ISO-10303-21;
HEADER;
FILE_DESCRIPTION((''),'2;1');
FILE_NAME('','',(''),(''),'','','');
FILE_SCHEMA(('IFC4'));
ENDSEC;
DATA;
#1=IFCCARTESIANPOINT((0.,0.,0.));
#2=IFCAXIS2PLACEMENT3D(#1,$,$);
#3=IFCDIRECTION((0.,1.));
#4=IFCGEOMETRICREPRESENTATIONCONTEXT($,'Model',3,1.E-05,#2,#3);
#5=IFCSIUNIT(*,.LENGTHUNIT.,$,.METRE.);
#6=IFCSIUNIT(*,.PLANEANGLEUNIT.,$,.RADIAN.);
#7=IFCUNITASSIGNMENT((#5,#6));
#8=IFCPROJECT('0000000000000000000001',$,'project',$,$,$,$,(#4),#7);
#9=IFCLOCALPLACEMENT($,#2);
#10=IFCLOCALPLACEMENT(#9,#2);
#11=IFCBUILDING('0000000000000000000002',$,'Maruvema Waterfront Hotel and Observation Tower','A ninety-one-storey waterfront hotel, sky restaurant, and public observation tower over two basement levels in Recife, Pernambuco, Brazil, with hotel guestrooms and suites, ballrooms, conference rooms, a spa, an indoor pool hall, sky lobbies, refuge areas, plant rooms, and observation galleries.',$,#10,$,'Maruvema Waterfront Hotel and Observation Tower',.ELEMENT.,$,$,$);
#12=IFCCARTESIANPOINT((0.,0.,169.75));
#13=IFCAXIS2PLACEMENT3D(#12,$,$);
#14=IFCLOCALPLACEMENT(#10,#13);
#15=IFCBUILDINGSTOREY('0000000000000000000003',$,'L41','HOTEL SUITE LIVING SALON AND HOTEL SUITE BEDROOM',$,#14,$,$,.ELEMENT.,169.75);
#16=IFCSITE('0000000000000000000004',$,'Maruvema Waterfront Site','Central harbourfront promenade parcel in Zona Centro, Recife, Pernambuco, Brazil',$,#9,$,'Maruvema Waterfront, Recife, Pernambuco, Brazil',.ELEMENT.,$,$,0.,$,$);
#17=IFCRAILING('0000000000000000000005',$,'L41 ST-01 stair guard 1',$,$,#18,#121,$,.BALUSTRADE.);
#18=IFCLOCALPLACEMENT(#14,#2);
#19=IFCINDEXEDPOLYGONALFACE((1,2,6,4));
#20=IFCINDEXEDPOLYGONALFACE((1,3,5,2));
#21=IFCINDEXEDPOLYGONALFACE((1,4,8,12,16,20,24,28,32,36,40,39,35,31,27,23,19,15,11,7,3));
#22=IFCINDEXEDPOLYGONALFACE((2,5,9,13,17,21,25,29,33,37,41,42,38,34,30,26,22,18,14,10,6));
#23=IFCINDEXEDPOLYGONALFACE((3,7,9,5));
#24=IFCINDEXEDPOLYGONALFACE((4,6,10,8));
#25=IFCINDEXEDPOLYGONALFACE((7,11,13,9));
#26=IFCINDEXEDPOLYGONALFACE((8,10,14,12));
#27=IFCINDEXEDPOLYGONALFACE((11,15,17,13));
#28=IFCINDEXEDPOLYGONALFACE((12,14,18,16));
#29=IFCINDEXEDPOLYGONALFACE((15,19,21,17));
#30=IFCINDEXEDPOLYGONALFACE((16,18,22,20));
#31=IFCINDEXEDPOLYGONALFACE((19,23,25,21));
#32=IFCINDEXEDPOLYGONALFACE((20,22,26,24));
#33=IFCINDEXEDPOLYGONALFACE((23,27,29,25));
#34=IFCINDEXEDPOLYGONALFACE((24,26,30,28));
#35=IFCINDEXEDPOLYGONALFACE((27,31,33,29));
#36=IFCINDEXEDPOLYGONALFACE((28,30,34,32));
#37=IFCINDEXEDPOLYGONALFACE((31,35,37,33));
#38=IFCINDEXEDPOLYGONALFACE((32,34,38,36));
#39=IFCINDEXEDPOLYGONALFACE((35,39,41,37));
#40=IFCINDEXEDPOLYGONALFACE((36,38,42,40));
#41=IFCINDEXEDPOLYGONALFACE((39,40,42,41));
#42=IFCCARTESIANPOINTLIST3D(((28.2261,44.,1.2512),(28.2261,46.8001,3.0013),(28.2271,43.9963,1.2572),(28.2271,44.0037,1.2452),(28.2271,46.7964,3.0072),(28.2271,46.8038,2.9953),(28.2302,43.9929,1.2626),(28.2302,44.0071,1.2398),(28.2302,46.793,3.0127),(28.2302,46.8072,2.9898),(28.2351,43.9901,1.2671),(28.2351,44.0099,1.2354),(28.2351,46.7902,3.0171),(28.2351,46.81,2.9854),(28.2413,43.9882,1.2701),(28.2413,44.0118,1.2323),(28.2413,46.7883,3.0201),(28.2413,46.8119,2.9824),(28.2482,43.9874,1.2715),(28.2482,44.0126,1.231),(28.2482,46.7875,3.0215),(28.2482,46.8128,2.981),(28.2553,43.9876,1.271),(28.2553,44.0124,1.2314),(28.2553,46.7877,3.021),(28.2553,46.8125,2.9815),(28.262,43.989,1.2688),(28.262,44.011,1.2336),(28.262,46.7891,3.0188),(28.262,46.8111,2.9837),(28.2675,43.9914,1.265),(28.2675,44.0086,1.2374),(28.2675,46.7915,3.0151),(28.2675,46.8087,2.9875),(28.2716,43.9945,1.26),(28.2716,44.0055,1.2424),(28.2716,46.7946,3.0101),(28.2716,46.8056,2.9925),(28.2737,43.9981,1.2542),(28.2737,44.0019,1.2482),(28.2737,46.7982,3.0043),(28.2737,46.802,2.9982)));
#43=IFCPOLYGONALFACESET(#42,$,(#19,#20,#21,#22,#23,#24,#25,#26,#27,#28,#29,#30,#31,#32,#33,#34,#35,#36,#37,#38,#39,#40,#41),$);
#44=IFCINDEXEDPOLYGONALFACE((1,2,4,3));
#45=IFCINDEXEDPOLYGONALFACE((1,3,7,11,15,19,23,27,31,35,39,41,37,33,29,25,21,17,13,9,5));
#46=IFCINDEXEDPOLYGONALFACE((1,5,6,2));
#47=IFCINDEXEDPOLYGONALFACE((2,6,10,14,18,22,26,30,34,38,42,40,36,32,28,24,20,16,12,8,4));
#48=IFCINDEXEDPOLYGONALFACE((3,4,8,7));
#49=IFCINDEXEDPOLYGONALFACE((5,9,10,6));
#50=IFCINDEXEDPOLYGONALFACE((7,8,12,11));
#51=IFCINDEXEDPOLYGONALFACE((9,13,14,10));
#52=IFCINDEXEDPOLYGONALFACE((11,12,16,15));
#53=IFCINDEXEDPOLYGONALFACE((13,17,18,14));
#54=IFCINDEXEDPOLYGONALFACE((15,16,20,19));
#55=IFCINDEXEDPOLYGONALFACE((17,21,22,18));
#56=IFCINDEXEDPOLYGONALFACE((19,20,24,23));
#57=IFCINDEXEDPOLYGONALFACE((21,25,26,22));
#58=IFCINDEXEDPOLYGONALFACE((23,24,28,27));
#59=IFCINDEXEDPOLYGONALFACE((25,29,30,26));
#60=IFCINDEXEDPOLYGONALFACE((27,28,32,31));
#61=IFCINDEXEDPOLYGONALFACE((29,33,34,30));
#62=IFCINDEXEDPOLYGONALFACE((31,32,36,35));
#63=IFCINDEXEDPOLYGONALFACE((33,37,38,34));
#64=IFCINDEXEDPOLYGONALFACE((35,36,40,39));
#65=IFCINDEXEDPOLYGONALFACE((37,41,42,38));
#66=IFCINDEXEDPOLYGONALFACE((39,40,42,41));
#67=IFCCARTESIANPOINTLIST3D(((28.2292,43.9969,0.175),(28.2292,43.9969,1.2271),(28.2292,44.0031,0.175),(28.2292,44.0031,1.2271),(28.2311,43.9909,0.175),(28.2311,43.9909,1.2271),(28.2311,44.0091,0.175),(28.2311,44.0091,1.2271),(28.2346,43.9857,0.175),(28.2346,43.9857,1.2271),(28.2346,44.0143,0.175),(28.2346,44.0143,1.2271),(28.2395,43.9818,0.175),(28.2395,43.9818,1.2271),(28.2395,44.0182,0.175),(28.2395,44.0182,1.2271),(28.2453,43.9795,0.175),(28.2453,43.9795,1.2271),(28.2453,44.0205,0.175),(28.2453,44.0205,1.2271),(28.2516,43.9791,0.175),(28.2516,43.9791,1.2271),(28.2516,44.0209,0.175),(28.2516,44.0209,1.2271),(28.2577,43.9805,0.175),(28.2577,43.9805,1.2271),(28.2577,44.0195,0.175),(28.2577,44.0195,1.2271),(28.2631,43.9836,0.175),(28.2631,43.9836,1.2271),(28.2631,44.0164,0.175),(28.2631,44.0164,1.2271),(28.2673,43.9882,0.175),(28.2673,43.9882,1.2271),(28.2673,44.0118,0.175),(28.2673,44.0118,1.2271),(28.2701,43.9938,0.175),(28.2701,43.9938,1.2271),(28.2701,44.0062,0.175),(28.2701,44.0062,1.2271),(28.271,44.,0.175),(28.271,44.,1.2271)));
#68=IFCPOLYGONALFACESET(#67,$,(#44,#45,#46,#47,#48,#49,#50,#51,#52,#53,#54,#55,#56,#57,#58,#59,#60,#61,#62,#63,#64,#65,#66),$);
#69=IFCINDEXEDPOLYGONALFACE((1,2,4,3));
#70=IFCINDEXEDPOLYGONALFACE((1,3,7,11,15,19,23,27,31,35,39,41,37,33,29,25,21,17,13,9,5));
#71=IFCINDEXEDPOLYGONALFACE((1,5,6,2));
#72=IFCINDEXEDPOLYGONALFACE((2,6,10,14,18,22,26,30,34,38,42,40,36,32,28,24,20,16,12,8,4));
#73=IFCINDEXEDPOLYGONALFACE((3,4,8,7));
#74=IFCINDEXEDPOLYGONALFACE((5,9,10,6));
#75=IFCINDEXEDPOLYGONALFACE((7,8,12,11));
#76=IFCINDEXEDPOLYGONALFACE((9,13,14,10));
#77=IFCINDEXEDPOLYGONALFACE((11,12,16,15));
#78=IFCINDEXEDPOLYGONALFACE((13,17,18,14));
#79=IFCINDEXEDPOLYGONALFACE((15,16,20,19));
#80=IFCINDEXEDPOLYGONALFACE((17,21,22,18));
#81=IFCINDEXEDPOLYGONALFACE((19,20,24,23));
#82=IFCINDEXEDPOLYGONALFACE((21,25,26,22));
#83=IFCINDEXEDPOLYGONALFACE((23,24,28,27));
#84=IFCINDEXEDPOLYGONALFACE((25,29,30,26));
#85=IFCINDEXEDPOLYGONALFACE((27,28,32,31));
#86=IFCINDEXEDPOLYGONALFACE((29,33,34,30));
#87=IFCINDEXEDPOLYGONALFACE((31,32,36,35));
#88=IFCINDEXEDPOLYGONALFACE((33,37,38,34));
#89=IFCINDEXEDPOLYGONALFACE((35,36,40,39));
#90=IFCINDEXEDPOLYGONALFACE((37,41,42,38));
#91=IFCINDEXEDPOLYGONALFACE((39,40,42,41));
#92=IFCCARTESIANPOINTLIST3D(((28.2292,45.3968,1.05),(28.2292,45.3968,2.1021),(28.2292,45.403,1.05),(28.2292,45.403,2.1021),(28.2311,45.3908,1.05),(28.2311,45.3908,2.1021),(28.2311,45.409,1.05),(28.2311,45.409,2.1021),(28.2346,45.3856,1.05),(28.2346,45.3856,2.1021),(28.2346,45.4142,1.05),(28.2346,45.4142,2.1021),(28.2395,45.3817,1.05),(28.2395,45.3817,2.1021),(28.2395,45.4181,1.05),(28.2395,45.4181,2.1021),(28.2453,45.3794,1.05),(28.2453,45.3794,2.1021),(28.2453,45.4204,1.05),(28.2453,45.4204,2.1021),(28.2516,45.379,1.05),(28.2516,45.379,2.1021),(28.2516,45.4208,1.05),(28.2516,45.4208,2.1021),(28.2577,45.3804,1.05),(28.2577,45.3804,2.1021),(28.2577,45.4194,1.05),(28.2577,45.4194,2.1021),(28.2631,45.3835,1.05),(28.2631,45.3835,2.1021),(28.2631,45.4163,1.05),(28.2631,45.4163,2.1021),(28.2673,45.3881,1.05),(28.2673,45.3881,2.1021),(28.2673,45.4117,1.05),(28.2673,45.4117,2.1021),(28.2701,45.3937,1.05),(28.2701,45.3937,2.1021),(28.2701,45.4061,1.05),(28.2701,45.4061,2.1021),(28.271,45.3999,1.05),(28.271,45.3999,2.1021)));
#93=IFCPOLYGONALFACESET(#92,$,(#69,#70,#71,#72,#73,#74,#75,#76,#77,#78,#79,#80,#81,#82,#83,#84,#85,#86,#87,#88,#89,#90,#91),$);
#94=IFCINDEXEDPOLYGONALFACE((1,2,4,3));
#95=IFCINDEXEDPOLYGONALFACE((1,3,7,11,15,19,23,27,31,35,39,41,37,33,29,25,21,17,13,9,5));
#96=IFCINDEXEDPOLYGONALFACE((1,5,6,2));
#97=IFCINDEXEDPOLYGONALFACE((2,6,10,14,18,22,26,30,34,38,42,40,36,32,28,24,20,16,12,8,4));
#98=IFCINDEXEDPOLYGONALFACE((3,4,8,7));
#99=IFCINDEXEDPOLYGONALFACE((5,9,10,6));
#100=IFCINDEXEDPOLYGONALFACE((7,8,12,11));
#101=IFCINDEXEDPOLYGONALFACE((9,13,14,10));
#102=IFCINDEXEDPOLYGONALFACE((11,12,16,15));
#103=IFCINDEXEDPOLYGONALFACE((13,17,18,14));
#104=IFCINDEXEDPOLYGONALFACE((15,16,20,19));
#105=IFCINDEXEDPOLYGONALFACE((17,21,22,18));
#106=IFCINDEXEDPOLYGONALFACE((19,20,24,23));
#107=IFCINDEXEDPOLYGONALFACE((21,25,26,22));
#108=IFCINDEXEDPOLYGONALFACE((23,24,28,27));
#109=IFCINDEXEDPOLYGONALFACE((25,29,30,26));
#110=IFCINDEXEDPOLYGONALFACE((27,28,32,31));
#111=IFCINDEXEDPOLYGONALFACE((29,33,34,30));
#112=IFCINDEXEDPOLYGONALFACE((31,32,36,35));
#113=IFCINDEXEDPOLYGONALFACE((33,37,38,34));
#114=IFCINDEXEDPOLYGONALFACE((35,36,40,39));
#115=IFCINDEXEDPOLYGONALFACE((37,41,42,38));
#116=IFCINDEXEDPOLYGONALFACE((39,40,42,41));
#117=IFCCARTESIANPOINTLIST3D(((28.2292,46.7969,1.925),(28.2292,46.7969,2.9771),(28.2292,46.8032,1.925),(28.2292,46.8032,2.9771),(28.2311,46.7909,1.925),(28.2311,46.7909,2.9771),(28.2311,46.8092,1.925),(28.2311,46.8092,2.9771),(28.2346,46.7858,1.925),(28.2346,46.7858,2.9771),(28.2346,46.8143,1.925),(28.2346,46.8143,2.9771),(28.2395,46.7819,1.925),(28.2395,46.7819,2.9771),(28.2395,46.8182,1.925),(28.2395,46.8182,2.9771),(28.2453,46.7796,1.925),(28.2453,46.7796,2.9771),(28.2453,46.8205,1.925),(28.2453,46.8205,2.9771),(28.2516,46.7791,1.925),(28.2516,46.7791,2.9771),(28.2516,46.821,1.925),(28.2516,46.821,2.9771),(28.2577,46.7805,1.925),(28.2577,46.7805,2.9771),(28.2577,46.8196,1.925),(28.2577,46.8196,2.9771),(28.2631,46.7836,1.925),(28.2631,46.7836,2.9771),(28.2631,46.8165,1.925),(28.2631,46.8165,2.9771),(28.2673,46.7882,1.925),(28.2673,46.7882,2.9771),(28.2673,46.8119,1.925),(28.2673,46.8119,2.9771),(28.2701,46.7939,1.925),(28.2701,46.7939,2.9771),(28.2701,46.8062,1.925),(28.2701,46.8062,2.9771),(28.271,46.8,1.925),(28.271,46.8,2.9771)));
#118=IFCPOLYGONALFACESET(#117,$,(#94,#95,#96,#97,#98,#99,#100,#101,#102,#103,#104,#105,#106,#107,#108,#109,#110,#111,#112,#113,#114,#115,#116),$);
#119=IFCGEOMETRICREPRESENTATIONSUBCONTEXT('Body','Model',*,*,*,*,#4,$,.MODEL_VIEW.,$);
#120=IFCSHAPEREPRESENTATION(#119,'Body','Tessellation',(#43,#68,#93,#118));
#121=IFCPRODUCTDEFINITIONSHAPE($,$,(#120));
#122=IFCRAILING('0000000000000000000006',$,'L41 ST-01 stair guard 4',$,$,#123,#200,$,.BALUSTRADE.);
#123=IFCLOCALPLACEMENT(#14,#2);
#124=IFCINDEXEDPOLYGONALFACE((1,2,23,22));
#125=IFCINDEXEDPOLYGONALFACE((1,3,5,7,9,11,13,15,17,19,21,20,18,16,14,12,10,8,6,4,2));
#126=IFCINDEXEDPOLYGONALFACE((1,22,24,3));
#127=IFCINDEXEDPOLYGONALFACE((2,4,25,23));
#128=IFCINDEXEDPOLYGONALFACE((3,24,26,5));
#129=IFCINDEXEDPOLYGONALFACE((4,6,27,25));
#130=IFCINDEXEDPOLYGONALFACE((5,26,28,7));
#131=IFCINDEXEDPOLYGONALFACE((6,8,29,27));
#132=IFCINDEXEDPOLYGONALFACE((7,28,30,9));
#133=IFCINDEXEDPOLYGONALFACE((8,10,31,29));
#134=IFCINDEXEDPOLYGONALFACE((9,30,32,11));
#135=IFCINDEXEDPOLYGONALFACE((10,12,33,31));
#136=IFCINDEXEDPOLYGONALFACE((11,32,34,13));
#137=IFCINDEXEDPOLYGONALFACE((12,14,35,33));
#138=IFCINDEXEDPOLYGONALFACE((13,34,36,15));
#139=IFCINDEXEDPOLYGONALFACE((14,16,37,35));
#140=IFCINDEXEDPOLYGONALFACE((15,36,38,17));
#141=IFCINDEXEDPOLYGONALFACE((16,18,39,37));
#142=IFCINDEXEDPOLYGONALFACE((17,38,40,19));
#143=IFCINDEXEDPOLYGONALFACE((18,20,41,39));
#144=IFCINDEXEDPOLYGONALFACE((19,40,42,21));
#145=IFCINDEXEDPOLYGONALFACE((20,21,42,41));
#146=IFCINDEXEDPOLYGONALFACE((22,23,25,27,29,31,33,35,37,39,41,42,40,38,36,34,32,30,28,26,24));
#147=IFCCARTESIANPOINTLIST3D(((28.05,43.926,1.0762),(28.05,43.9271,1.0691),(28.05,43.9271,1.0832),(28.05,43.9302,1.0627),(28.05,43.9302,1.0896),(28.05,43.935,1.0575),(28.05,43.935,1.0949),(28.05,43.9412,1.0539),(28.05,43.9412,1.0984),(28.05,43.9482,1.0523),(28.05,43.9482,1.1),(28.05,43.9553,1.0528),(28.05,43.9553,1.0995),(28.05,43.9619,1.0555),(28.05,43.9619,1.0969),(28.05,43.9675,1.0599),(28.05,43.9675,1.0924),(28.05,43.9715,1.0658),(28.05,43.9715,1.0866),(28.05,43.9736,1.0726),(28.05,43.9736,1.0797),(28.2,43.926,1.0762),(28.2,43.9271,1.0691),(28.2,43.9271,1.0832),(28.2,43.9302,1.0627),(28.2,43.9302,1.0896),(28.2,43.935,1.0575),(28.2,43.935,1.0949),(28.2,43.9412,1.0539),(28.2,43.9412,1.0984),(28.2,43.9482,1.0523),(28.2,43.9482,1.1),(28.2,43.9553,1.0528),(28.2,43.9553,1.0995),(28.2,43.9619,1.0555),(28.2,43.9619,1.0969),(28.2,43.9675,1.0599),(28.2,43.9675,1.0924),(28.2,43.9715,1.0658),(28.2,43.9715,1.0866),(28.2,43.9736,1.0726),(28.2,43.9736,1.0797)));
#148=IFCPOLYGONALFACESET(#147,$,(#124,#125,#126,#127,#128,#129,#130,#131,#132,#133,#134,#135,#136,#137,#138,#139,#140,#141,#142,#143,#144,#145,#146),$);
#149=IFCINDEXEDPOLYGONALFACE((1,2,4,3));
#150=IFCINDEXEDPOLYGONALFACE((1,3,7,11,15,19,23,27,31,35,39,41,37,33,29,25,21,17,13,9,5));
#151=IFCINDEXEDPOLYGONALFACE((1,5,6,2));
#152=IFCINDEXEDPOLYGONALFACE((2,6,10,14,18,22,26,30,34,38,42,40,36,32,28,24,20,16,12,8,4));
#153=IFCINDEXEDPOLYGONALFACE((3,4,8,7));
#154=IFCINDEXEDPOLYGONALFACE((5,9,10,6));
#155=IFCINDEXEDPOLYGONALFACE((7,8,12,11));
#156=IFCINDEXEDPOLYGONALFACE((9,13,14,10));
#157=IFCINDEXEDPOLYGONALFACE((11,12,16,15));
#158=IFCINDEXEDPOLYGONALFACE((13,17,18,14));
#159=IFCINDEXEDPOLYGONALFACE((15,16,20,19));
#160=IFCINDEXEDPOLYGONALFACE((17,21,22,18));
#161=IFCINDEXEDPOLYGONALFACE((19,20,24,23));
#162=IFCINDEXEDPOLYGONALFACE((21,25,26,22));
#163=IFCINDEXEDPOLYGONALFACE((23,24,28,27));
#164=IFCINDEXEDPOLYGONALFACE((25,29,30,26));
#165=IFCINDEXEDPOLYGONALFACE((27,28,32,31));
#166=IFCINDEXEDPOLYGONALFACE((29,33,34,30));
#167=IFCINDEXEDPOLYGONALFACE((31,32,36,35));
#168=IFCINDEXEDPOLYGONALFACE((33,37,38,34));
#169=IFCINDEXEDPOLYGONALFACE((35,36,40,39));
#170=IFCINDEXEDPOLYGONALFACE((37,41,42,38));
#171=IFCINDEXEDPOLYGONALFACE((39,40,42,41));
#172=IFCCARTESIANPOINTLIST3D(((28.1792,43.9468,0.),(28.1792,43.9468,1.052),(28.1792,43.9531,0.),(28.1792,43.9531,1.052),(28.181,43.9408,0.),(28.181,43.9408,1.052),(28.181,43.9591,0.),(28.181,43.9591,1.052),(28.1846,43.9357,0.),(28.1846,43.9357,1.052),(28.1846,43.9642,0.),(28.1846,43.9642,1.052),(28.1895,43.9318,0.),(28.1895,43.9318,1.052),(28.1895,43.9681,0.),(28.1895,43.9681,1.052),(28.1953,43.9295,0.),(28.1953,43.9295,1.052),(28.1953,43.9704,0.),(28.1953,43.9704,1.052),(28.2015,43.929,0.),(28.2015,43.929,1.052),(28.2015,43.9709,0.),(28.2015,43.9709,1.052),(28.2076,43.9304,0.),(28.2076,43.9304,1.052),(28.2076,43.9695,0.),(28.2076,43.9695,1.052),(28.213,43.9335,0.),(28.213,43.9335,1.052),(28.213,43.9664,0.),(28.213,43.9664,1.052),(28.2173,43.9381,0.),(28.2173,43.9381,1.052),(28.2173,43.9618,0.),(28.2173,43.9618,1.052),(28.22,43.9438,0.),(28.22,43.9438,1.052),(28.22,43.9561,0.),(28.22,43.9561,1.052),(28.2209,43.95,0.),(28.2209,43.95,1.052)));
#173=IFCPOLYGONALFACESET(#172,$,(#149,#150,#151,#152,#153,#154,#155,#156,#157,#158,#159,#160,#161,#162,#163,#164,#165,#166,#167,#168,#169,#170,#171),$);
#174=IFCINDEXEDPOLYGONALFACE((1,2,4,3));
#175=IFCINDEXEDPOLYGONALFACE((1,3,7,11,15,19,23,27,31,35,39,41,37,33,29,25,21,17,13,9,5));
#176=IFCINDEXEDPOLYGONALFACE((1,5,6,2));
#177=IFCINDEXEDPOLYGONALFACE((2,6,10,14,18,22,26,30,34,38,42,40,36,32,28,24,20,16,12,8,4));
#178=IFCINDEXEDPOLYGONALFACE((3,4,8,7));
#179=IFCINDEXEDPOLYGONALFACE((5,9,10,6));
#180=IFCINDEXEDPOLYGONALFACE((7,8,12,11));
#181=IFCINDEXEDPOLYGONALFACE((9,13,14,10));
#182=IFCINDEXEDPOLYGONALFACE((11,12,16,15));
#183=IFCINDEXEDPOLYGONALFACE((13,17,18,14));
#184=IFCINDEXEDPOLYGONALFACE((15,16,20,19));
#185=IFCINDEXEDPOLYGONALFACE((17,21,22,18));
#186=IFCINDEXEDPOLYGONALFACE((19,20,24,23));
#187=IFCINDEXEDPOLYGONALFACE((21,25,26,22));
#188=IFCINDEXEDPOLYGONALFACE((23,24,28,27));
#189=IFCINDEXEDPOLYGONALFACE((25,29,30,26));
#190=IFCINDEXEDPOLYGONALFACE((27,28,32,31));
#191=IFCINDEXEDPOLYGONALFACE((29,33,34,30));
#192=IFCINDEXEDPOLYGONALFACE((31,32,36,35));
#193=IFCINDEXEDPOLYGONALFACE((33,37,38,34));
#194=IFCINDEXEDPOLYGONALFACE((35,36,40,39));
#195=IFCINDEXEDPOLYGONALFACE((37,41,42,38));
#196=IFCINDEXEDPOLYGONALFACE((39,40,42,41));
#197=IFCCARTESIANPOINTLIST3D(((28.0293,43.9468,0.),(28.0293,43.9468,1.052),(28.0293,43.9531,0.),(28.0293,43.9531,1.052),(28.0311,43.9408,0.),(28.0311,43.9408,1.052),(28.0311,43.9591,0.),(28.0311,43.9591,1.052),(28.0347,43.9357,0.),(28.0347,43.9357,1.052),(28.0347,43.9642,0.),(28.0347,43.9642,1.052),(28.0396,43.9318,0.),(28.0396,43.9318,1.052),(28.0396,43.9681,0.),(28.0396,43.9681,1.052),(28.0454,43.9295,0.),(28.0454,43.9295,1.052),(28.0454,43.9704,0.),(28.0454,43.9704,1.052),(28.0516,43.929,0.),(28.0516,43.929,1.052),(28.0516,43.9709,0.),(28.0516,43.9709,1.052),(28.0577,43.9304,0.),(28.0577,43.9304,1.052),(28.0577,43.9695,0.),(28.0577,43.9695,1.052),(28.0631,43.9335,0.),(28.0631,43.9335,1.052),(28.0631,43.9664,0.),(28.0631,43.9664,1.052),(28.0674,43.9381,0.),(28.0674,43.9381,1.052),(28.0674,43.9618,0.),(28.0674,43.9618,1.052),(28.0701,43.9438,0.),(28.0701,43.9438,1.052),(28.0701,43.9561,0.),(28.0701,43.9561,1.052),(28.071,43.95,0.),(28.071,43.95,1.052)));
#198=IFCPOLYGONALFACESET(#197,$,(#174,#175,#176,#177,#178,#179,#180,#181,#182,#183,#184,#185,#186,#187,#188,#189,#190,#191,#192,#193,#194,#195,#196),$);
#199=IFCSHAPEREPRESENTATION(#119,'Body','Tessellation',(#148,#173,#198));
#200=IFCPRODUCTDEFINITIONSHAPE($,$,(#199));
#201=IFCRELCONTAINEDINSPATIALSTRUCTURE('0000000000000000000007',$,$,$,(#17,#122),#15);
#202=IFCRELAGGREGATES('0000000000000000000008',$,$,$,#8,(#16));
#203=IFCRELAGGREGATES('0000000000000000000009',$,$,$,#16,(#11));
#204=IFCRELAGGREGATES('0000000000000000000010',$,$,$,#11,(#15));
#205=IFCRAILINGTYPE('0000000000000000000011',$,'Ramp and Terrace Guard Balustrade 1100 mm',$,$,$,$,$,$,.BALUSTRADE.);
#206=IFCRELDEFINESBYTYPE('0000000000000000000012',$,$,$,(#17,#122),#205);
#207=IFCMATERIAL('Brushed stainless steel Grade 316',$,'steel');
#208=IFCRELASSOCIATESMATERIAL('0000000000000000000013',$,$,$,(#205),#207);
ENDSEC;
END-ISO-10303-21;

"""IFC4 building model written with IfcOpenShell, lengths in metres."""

from ifc_helpers import new_model, si_unit, direction, frame, origin, origin_2d, place, context, subcontext, project, spatial, circle, extrude, material, type_object, element, save


model = new_model("IFC4")

# Units and contexts
model_context = context("Model", 3, precision=1e-05, world=origin(), true_north=direction((0.0, 1.0)))
body_context = subcontext(model_context, "Body", "Model", "MODEL_VIEW")
ifc_project = project(units=[si_unit("LENGTHUNIT", "METRE"), si_unit("PLANEANGLEUNIT", "RADIAN")], contexts=[model_context])

# Site, building, storey
site_placement = place(None, origin())
site = spatial("IfcSite", under=ifc_project, at=site_placement, Name="Maruvema Waterfront Site", Description="Central harbourfront promenade parcel in Zona Centro, Recife, Pernambuco, Brazil", LongName="Maruvema Waterfront, Recife, Pernambuco, Brazil", CompositionType="ELEMENT", RefElevation=0.0)
building_placement = place(site_placement, origin())
building = spatial("IfcBuilding", under=site, at=building_placement, Name="Maruvema Waterfront Hotel and Observation Tower", Description="A ninety-one-storey waterfront hotel, sky restaurant, and public observation tower over two basement levels in Recife, Pernambuco, Brazil, with hotel guestrooms and suites, ballrooms, conference rooms, a spa, an indoor pool hall, sky lobbies, refuge areas, plant rooms, and observation galleries.", LongName="Maruvema Waterfront Hotel and Observation Tower", CompositionType="ELEMENT")
storey_placement = place(building_placement, frame((0.0, 0.0, 169.75)))
storey = spatial("IfcBuildingStorey", under=building, at=storey_placement, Name="L41", Description="HOTEL SUITE LIVING SALON AND HOTEL SUITE BEDROOM", CompositionType="ELEMENT", Elevation=169.75)

# Railings
ifc_material_1 = material(Name="Brushed stainless steel Grade 316", Category="steel")
railing_type_1 = type_object("IfcRailingType", Name="Ramp and Terrace Guard Balustrade 1100 mm", PredefinedType="BALUSTRADE", material=ifc_material_1)
railing_1_placement = place(storey_placement, frame((28.25, 44.0, 0.175)))
element("IfcRailing", 1, at=railing_1_placement, inside=storey, type_object=railing_type_1, Name="L41 ST-01 stair guard 1", PredefinedType="BALUSTRADE", context=body_context, shape_type="SweptSolid", body=[
    extrude(circle(Radius=0.0239, at=origin_2d()), frame((0.0, 0.0, 1.0762), z_axis=(0.0, 0.848002, 0.529992), x_axis=(-1.0, 0.0, 0.0)), (0.0, 0.0, 1.0), 3.302),
    extrude(circle(Radius=0.021, at=origin_2d()), origin(), (0.0, 0.0, 1.0), 1.052),
    extrude(circle(Radius=0.021, at=origin_2d()), frame((0.0, 1.3999, 0.875)), (0.0, 0.0, 1.0), 1.052),
    extrude(circle(Radius=0.021, at=origin_2d()), frame((0.0, 2.8, 1.75)), (0.0, 0.0, 1.0), 1.052),
])
railing_2_placement = place(storey_placement, frame((28.2, 43.95, 0.0)))
element("IfcRailing", 2, at=railing_2_placement, inside=storey, type_object=railing_type_1, Name="L41 ST-01 stair guard 4", PredefinedType="BALUSTRADE", context=body_context, shape_type="SweptSolid", body=[
    extrude(circle(Radius=0.0239, at=origin_2d()), frame((0.0, 0.0, 1.0762), z_axis=(-1.0, 0.0, 0.0), x_axis=(0.0, -1.0, 0.0)), (0.0, 0.0, 1.0), 0.1499),
    extrude(circle(Radius=0.021, at=origin_2d()), origin(), (0.0, 0.0, 1.0), 1.052),
    extrude(circle(Radius=0.021, at=origin_2d()), frame((-0.1499, 0.0, 0.0)), (0.0, 0.0, 1.0), 1.052),
])

save(model, "model.ifc")
